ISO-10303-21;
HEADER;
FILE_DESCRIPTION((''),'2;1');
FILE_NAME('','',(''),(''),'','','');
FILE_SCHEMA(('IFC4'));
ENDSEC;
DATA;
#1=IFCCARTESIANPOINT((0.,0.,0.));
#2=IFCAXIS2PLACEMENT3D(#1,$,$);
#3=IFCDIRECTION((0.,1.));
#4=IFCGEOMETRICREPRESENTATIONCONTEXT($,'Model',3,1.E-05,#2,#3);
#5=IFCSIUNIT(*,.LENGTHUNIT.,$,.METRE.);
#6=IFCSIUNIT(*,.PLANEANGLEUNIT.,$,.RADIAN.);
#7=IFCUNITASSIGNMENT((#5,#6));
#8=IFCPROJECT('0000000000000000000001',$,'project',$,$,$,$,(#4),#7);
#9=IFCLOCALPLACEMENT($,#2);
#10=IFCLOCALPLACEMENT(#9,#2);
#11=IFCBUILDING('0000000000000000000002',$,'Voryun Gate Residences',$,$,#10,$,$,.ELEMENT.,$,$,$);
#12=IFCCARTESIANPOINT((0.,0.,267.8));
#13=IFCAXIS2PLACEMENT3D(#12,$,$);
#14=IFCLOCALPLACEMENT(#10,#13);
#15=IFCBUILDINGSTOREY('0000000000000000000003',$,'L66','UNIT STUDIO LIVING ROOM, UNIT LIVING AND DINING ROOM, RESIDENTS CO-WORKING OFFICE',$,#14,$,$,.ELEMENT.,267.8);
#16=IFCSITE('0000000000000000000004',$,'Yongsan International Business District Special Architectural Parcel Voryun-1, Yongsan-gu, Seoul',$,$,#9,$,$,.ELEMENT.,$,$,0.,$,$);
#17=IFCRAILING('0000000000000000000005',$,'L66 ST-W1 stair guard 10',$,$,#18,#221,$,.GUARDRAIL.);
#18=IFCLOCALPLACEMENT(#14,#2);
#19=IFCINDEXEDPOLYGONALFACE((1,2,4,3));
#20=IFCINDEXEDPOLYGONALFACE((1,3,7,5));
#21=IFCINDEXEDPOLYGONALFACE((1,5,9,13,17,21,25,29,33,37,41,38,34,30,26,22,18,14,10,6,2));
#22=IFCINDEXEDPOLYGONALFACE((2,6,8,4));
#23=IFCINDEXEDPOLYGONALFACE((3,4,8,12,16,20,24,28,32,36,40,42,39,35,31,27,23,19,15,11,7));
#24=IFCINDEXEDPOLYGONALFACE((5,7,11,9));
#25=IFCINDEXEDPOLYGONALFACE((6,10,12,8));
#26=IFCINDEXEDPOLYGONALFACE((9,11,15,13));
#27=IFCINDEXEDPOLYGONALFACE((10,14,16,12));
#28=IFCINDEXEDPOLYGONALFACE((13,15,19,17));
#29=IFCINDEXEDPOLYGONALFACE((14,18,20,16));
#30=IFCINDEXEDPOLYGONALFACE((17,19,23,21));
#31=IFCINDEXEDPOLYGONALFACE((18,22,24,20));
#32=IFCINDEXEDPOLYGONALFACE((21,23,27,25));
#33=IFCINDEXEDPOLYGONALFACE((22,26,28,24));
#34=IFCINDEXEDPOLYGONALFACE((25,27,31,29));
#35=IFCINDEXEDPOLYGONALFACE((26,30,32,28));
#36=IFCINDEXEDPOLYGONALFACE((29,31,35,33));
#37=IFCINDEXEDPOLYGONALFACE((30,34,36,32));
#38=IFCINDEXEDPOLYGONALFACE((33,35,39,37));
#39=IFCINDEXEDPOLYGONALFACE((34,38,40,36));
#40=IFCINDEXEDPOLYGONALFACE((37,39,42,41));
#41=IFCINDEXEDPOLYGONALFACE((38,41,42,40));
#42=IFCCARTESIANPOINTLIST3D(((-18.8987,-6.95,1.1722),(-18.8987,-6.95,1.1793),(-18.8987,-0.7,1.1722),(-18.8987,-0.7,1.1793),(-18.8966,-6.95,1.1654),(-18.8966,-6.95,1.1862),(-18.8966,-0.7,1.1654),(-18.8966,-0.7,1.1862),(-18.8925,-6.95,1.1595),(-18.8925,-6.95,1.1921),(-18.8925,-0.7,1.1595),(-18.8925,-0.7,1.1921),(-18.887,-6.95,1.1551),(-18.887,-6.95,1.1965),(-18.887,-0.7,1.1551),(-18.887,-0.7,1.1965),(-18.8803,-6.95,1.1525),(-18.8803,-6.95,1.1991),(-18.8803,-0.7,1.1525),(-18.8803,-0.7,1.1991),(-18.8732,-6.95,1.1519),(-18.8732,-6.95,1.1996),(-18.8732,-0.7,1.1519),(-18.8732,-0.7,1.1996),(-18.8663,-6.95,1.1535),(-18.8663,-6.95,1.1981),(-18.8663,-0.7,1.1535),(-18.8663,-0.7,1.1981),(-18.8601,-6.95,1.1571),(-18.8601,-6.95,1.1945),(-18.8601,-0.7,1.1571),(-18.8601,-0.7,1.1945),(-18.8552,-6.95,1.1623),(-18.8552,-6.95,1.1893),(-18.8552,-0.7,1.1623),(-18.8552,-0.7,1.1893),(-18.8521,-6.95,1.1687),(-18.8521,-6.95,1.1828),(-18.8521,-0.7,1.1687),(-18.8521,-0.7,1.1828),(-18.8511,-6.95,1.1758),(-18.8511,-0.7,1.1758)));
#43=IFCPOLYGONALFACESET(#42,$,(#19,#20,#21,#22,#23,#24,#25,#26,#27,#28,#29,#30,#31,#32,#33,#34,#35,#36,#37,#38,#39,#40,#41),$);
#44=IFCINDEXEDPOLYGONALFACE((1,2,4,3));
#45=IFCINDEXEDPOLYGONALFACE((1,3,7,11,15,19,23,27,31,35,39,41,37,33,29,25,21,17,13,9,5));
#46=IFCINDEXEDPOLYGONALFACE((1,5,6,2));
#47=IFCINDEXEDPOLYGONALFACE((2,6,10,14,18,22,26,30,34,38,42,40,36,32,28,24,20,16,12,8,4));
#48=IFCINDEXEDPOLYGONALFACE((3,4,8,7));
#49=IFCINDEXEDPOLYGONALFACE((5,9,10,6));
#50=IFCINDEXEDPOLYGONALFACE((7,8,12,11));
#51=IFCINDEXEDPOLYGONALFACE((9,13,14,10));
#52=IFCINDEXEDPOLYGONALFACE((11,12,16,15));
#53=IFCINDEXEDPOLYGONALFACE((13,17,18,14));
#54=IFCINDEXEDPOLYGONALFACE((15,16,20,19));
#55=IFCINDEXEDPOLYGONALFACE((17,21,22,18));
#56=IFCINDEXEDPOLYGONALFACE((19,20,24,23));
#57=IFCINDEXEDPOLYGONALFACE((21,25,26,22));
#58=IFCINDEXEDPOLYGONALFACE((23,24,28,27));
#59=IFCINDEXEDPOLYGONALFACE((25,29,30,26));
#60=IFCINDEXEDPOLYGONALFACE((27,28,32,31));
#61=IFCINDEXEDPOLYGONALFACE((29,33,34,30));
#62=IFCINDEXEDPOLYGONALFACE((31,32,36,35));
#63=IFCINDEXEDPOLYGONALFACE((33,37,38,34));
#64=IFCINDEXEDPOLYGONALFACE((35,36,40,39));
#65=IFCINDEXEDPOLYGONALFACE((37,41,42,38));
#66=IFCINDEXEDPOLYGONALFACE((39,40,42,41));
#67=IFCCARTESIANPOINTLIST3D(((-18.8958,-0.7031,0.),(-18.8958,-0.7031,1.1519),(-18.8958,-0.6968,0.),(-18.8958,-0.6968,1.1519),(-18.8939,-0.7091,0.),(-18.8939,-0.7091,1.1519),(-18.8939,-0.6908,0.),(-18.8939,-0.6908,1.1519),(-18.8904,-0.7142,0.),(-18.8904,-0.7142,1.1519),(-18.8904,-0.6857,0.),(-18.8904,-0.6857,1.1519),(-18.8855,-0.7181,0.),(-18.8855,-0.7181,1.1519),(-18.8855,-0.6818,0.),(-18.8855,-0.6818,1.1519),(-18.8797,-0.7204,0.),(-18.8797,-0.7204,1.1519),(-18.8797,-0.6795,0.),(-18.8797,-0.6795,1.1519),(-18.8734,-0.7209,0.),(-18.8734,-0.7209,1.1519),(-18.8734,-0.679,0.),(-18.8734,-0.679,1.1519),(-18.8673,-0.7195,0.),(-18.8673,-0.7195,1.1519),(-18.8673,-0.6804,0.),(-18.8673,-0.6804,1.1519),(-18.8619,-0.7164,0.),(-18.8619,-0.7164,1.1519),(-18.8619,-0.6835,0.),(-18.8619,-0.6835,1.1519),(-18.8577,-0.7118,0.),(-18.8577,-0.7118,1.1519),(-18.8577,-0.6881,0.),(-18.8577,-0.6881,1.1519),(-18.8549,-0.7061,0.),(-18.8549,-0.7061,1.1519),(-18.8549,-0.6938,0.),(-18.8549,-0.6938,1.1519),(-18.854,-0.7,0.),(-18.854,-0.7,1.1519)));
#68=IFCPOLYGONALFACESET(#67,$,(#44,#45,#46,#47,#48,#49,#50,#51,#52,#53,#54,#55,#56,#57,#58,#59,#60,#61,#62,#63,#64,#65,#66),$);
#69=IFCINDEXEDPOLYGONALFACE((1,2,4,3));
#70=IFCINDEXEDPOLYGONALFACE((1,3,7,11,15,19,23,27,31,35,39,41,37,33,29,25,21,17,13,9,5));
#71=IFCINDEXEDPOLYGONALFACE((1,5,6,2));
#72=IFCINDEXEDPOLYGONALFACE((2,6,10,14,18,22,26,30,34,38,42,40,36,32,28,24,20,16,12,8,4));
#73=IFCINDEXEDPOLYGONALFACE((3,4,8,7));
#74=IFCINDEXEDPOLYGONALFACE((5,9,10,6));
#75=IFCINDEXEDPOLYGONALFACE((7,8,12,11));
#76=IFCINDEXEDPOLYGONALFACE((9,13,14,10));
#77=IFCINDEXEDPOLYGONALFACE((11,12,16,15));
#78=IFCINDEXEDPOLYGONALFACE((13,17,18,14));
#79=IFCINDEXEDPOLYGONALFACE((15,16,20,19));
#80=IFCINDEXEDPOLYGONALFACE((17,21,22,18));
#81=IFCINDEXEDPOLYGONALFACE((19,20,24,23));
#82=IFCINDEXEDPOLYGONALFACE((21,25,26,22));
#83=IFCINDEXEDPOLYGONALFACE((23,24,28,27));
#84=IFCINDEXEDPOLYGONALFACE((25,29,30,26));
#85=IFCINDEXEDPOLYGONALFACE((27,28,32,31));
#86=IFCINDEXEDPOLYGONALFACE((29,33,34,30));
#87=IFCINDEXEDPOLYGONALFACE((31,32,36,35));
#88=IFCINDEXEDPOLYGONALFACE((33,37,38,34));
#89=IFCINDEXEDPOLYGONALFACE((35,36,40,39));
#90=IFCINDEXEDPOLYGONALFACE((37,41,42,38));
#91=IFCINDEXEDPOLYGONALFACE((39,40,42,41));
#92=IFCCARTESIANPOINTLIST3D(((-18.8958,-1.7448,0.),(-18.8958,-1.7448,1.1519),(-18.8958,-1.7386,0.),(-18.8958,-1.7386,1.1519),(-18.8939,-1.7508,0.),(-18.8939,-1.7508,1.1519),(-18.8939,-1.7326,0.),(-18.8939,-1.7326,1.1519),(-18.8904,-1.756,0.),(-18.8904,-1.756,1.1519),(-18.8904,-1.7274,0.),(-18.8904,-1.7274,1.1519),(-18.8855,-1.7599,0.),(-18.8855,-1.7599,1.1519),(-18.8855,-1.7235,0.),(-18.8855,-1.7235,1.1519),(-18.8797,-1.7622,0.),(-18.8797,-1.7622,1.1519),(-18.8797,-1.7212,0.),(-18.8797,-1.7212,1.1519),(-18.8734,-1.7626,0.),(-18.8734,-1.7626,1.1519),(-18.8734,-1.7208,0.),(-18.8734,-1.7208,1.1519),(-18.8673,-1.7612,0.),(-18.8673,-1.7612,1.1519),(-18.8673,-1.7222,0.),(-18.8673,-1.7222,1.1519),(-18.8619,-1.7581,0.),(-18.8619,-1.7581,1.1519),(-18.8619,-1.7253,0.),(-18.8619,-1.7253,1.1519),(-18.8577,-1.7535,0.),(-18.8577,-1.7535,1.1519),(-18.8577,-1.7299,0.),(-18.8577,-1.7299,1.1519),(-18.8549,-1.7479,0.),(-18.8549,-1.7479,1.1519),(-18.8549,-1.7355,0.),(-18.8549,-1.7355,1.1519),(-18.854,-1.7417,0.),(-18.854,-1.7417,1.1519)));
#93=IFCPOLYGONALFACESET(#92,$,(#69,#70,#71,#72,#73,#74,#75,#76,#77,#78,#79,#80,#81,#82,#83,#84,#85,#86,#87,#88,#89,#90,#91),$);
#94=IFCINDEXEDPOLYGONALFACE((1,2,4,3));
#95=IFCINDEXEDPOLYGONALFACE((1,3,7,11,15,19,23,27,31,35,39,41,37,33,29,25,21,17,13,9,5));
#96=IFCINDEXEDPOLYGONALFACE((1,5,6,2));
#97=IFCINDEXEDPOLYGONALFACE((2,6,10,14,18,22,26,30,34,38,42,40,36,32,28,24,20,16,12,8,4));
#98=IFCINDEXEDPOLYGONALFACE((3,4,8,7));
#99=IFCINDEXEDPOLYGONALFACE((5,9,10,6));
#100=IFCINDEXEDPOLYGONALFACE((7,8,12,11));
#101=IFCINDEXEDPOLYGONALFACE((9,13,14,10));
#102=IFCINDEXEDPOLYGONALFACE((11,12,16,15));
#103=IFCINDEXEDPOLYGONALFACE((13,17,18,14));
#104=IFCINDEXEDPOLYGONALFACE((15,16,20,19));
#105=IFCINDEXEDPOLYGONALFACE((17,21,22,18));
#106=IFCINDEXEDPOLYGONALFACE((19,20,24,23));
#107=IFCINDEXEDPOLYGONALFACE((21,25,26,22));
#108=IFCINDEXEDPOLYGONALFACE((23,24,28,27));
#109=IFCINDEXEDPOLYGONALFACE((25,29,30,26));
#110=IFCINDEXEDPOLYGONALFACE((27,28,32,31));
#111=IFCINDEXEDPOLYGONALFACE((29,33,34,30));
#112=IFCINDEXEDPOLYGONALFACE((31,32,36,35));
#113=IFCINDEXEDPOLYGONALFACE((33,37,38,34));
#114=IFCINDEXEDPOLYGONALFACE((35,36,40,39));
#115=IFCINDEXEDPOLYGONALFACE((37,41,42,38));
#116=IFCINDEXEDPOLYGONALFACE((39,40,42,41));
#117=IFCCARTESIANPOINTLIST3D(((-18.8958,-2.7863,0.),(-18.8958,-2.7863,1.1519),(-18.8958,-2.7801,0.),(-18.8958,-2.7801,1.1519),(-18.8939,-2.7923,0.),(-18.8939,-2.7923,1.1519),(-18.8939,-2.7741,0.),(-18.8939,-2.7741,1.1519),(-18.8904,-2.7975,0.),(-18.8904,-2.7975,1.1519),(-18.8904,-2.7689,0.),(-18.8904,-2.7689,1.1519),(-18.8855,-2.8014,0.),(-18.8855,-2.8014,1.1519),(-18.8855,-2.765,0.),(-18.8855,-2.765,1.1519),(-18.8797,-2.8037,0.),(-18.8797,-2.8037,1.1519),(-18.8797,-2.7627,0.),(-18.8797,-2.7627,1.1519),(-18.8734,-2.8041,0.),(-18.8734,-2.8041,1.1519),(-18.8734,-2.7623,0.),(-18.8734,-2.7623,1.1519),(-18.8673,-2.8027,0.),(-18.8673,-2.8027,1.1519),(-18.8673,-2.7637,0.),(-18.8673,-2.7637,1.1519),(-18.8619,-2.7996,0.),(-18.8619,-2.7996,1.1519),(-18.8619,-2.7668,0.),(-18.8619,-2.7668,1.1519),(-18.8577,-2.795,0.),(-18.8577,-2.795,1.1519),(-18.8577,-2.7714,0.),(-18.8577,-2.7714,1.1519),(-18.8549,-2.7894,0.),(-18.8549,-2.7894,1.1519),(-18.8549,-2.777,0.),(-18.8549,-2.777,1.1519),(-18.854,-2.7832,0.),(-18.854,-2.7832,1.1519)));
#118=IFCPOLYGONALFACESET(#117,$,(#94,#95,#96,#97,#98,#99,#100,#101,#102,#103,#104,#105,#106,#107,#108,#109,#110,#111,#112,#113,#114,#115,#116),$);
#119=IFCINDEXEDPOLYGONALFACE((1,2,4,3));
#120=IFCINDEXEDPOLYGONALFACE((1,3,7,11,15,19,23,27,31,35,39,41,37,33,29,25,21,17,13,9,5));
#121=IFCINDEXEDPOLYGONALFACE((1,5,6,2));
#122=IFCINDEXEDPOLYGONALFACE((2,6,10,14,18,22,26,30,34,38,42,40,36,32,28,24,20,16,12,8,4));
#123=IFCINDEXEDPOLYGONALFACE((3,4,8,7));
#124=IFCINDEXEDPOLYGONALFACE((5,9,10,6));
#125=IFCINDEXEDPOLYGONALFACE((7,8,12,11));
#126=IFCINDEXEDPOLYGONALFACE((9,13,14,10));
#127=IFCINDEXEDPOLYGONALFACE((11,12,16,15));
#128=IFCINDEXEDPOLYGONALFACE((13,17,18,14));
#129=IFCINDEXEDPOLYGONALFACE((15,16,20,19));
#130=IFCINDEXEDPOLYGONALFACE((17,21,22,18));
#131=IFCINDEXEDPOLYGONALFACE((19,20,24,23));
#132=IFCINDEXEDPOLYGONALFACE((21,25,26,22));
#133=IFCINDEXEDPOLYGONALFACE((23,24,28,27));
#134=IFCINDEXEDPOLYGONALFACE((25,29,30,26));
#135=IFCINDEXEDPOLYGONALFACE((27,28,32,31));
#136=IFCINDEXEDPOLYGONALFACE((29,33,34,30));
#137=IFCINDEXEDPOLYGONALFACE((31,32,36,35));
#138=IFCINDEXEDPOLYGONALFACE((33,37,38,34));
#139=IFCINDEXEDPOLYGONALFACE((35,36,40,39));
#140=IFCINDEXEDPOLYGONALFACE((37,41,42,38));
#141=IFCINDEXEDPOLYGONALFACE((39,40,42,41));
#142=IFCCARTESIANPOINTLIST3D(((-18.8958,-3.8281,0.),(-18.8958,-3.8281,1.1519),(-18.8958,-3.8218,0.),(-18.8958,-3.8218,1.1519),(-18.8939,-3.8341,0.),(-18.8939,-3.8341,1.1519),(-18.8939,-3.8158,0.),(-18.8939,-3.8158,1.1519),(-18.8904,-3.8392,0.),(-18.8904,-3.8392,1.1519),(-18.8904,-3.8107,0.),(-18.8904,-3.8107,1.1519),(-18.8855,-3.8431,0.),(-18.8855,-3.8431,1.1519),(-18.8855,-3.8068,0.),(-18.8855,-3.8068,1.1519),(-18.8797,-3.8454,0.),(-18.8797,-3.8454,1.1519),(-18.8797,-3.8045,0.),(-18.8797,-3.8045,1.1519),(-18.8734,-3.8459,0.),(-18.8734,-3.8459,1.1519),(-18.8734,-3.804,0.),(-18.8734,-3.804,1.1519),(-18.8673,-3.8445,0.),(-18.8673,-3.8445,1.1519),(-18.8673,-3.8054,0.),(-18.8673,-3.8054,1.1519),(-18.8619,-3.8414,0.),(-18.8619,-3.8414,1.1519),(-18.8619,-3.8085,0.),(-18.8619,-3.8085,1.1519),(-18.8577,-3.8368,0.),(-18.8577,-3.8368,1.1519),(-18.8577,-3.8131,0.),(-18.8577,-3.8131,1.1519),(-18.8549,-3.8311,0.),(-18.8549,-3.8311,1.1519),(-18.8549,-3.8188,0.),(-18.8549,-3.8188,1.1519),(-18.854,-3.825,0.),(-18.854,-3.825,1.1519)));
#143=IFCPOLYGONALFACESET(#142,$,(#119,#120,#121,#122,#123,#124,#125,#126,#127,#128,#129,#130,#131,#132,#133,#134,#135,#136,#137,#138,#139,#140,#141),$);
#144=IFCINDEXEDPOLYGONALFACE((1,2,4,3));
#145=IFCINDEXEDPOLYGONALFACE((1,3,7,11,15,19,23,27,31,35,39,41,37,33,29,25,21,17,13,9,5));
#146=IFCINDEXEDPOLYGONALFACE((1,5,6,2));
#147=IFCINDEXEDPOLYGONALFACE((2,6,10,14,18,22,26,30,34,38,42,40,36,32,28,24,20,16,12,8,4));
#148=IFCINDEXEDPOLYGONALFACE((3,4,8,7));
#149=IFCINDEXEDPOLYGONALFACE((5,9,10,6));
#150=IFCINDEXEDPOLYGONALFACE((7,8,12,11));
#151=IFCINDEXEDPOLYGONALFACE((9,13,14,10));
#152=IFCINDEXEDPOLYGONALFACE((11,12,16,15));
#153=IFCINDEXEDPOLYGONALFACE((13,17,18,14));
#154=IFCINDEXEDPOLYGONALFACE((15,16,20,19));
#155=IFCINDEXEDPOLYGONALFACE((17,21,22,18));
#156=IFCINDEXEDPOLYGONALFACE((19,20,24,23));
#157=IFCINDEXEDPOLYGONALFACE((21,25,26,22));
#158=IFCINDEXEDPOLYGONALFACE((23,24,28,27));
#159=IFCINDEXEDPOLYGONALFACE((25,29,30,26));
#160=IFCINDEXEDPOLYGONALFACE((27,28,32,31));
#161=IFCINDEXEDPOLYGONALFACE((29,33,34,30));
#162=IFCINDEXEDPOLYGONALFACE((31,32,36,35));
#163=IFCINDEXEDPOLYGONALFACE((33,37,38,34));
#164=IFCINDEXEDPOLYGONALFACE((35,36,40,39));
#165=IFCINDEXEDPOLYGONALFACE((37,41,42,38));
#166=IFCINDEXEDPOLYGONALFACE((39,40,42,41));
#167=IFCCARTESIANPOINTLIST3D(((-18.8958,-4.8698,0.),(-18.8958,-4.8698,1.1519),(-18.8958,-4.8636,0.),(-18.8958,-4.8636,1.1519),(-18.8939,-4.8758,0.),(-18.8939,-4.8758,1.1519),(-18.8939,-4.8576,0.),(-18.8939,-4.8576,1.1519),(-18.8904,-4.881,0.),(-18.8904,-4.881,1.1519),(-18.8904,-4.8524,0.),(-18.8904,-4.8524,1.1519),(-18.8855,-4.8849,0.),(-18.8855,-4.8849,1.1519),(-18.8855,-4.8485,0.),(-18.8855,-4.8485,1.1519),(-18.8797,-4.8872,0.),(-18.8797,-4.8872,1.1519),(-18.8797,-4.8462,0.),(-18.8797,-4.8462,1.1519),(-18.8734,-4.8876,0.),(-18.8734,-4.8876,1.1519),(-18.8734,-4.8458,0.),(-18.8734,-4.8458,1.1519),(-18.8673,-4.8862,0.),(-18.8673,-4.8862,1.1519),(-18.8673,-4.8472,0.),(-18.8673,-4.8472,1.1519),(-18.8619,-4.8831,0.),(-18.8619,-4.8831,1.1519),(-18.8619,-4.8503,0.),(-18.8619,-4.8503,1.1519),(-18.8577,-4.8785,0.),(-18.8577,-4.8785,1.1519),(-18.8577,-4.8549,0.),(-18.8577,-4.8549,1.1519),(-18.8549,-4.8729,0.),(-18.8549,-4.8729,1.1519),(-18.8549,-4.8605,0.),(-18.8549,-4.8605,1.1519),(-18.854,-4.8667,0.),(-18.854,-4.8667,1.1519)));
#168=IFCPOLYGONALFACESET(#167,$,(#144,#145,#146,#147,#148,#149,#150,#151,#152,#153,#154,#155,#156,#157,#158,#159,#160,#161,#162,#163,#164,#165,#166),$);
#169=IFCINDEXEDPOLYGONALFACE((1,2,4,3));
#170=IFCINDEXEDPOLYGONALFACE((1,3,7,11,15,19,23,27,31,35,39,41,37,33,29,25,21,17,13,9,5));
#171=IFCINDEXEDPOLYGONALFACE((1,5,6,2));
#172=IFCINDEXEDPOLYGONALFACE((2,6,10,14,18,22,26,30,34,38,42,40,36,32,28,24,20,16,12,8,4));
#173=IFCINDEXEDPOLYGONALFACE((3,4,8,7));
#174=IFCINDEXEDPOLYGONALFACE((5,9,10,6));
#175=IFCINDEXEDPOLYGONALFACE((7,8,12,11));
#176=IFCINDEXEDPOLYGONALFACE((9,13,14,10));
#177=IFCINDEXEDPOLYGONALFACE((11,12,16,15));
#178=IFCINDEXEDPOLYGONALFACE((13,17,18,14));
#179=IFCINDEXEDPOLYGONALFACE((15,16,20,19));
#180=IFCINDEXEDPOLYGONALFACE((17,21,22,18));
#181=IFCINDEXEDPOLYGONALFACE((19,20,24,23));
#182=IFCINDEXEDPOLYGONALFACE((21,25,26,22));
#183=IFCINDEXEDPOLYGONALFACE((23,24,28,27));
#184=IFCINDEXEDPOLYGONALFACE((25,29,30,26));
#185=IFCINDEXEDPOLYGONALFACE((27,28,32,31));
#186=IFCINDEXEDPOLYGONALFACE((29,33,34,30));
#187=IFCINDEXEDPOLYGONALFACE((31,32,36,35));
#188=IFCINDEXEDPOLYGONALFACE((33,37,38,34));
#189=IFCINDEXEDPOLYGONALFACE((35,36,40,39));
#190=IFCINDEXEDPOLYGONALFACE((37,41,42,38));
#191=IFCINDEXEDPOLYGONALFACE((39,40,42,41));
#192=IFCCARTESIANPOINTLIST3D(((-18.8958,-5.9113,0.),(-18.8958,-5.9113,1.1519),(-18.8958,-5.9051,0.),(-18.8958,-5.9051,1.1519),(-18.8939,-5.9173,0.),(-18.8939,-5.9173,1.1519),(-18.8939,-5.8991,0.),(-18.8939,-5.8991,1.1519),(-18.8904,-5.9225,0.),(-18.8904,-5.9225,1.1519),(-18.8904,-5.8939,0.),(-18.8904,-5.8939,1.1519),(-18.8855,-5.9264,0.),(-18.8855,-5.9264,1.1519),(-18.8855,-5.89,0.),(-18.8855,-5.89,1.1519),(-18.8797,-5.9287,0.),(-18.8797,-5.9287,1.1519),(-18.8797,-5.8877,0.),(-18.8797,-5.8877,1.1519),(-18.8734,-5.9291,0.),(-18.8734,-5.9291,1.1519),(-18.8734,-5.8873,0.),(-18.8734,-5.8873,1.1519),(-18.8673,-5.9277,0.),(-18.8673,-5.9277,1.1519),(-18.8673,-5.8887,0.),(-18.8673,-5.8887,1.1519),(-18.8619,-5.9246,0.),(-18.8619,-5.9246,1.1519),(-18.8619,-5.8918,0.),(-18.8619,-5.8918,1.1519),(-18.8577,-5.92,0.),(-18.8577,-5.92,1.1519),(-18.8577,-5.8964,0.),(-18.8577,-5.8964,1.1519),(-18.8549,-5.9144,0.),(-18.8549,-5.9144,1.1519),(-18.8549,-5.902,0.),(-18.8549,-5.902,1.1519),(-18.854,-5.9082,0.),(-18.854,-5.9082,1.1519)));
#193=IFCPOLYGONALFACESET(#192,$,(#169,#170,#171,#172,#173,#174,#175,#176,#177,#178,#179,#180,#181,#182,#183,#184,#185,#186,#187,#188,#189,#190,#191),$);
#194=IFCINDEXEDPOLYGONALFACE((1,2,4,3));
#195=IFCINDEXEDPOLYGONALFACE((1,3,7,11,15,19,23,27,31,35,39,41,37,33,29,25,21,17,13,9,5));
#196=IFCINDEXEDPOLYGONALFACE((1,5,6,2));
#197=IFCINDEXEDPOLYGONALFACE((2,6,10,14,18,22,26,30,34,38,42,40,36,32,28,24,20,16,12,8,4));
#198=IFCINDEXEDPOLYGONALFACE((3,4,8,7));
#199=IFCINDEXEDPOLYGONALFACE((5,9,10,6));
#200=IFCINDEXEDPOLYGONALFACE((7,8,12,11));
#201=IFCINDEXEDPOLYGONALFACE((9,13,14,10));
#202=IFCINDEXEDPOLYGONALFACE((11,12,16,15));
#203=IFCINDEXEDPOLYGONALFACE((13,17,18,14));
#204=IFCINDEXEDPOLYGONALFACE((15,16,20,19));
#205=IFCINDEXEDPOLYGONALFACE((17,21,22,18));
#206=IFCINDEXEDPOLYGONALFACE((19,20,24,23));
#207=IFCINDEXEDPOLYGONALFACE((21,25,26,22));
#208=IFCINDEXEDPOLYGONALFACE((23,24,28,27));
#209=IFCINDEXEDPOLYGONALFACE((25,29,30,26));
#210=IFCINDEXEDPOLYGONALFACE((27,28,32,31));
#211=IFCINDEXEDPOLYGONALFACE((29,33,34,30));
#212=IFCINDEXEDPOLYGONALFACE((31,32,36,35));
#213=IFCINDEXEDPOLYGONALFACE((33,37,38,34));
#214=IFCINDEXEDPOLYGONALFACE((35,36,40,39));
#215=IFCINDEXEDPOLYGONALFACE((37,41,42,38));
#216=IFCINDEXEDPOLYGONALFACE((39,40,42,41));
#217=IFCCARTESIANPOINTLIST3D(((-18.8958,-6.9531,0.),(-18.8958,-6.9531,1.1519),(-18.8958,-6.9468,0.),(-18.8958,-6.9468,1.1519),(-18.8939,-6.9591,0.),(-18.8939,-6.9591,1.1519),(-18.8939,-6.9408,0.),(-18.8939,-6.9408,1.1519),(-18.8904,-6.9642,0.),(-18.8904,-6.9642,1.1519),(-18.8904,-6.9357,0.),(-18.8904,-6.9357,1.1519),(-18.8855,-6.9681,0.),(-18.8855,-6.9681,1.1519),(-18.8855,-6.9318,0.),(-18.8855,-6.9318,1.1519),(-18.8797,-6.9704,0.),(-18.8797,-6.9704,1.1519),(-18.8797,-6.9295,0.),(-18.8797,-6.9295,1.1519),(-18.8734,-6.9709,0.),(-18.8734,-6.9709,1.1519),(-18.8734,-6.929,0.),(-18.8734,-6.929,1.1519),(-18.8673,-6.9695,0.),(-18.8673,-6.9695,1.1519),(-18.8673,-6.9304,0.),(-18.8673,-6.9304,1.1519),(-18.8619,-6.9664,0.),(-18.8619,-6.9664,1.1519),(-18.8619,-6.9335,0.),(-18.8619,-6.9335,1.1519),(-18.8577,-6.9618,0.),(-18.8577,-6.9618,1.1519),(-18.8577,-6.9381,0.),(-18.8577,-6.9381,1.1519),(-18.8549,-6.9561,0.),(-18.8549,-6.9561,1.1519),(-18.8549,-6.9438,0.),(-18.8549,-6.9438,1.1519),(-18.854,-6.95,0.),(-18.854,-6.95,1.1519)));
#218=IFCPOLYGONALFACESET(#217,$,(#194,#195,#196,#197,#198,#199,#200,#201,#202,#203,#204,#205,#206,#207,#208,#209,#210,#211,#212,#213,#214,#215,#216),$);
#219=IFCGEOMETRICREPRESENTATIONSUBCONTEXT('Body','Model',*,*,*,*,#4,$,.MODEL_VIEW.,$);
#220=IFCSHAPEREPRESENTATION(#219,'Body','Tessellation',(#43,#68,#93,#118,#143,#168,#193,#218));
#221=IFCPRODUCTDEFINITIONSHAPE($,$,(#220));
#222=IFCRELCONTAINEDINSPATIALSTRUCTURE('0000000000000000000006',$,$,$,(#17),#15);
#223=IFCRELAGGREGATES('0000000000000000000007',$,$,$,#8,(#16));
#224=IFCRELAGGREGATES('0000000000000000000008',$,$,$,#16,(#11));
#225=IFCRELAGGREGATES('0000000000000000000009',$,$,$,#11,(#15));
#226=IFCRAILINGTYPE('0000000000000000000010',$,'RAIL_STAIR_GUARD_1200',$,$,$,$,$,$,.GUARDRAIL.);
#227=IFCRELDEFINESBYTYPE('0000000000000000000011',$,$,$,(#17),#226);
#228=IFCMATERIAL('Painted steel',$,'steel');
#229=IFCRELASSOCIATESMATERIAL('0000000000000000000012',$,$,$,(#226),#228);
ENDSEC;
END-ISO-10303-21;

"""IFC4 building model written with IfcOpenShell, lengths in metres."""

from ifc_helpers import new_model, si_unit, direction, frame, origin, origin_2d, place, context, subcontext, project, spatial, circle, extrude, material, type_object, element, save


model = new_model("IFC4")

# Units and contexts
model_context = context("Model", 3, precision=1e-05, world=origin(), true_north=direction((0.0, 1.0)))
body_context = subcontext(model_context, "Body", "Model", "MODEL_VIEW")
ifc_project = project(units=[si_unit("LENGTHUNIT", "METRE"), si_unit("PLANEANGLEUNIT", "RADIAN")], contexts=[model_context])

# Site, building, storey
site_placement = place(None, origin())
site = spatial("IfcSite", under=ifc_project, at=site_placement, Name="Yongsan International Business District Special Architectural Parcel Voryun-1, Yongsan-gu, Seoul", CompositionType="ELEMENT", RefElevation=0.0)
building_placement = place(site_placement, origin())
building = spatial("IfcBuilding", under=site, at=building_placement, Name="Voryun Gate Residences", CompositionType="ELEMENT")
storey_placement = place(building_placement, frame((0.0, 0.0, 267.8)))
storey = spatial("IfcBuildingStorey", under=building, at=storey_placement, Name="L66", Description="UNIT STUDIO LIVING ROOM, UNIT LIVING AND DINING ROOM, RESIDENTS CO-WORKING OFFICE", CompositionType="ELEMENT", Elevation=267.8)

# Railing
ifc_material_1 = material(Name="Painted steel", Category="steel")
railing_type_1 = type_object("IfcRailingType", Name="RAIL_STAIR_GUARD_1200", PredefinedType="GUARDRAIL", material=ifc_material_1)
railing_1_placement = place(storey_placement, frame((-18.875, -0.7, 0.0)))
element("IfcRailing", 1, at=railing_1_placement, inside=storey, type_object=railing_type_1, Name="L66 ST-W1 stair guard 10", PredefinedType="GUARDRAIL", context=body_context, shape_type="SweptSolid", body=[
    extrude(circle(Radius=0.0239, at=origin_2d()), frame((0.0, 0.0, 1.1758), z_axis=(0.0, -1.0, 0.0), x_axis=(1.0, 0.0, 0.0)), (0.0, 0.0, 1.0), 6.25),
    extrude(circle(Radius=0.021, at=origin_2d()), origin(), (0.0, 0.0, 1.0), 1.1519),
    extrude(circle(Radius=0.021, at=origin_2d()), frame((0.0, -1.0417, 0.0)), (0.0, 0.0, 1.0), 1.1519),
    extrude(circle(Radius=0.021, at=origin_2d()), frame((0.0, -2.0833, 0.0)), (0.0, 0.0, 1.0), 1.1519),
    extrude(circle(Radius=0.021, at=origin_2d()), frame((0.0, -3.125, 0.0)), (0.0, 0.0, 1.0), 1.1519),
    extrude(circle(Radius=0.021, at=origin_2d()), frame((0.0, -4.1667, 0.0)), (0.0, 0.0, 1.0), 1.1519),
    extrude(circle(Radius=0.021, at=origin_2d()), frame((0.0, -5.2083, 0.0)), (0.0, 0.0, 1.0), 1.1519),
    extrude(circle(Radius=0.021, at=origin_2d()), frame((0.0, -6.25, 0.0)), (0.0, 0.0, 1.0), 1.1519),
])

save(model, "model.ifc")
